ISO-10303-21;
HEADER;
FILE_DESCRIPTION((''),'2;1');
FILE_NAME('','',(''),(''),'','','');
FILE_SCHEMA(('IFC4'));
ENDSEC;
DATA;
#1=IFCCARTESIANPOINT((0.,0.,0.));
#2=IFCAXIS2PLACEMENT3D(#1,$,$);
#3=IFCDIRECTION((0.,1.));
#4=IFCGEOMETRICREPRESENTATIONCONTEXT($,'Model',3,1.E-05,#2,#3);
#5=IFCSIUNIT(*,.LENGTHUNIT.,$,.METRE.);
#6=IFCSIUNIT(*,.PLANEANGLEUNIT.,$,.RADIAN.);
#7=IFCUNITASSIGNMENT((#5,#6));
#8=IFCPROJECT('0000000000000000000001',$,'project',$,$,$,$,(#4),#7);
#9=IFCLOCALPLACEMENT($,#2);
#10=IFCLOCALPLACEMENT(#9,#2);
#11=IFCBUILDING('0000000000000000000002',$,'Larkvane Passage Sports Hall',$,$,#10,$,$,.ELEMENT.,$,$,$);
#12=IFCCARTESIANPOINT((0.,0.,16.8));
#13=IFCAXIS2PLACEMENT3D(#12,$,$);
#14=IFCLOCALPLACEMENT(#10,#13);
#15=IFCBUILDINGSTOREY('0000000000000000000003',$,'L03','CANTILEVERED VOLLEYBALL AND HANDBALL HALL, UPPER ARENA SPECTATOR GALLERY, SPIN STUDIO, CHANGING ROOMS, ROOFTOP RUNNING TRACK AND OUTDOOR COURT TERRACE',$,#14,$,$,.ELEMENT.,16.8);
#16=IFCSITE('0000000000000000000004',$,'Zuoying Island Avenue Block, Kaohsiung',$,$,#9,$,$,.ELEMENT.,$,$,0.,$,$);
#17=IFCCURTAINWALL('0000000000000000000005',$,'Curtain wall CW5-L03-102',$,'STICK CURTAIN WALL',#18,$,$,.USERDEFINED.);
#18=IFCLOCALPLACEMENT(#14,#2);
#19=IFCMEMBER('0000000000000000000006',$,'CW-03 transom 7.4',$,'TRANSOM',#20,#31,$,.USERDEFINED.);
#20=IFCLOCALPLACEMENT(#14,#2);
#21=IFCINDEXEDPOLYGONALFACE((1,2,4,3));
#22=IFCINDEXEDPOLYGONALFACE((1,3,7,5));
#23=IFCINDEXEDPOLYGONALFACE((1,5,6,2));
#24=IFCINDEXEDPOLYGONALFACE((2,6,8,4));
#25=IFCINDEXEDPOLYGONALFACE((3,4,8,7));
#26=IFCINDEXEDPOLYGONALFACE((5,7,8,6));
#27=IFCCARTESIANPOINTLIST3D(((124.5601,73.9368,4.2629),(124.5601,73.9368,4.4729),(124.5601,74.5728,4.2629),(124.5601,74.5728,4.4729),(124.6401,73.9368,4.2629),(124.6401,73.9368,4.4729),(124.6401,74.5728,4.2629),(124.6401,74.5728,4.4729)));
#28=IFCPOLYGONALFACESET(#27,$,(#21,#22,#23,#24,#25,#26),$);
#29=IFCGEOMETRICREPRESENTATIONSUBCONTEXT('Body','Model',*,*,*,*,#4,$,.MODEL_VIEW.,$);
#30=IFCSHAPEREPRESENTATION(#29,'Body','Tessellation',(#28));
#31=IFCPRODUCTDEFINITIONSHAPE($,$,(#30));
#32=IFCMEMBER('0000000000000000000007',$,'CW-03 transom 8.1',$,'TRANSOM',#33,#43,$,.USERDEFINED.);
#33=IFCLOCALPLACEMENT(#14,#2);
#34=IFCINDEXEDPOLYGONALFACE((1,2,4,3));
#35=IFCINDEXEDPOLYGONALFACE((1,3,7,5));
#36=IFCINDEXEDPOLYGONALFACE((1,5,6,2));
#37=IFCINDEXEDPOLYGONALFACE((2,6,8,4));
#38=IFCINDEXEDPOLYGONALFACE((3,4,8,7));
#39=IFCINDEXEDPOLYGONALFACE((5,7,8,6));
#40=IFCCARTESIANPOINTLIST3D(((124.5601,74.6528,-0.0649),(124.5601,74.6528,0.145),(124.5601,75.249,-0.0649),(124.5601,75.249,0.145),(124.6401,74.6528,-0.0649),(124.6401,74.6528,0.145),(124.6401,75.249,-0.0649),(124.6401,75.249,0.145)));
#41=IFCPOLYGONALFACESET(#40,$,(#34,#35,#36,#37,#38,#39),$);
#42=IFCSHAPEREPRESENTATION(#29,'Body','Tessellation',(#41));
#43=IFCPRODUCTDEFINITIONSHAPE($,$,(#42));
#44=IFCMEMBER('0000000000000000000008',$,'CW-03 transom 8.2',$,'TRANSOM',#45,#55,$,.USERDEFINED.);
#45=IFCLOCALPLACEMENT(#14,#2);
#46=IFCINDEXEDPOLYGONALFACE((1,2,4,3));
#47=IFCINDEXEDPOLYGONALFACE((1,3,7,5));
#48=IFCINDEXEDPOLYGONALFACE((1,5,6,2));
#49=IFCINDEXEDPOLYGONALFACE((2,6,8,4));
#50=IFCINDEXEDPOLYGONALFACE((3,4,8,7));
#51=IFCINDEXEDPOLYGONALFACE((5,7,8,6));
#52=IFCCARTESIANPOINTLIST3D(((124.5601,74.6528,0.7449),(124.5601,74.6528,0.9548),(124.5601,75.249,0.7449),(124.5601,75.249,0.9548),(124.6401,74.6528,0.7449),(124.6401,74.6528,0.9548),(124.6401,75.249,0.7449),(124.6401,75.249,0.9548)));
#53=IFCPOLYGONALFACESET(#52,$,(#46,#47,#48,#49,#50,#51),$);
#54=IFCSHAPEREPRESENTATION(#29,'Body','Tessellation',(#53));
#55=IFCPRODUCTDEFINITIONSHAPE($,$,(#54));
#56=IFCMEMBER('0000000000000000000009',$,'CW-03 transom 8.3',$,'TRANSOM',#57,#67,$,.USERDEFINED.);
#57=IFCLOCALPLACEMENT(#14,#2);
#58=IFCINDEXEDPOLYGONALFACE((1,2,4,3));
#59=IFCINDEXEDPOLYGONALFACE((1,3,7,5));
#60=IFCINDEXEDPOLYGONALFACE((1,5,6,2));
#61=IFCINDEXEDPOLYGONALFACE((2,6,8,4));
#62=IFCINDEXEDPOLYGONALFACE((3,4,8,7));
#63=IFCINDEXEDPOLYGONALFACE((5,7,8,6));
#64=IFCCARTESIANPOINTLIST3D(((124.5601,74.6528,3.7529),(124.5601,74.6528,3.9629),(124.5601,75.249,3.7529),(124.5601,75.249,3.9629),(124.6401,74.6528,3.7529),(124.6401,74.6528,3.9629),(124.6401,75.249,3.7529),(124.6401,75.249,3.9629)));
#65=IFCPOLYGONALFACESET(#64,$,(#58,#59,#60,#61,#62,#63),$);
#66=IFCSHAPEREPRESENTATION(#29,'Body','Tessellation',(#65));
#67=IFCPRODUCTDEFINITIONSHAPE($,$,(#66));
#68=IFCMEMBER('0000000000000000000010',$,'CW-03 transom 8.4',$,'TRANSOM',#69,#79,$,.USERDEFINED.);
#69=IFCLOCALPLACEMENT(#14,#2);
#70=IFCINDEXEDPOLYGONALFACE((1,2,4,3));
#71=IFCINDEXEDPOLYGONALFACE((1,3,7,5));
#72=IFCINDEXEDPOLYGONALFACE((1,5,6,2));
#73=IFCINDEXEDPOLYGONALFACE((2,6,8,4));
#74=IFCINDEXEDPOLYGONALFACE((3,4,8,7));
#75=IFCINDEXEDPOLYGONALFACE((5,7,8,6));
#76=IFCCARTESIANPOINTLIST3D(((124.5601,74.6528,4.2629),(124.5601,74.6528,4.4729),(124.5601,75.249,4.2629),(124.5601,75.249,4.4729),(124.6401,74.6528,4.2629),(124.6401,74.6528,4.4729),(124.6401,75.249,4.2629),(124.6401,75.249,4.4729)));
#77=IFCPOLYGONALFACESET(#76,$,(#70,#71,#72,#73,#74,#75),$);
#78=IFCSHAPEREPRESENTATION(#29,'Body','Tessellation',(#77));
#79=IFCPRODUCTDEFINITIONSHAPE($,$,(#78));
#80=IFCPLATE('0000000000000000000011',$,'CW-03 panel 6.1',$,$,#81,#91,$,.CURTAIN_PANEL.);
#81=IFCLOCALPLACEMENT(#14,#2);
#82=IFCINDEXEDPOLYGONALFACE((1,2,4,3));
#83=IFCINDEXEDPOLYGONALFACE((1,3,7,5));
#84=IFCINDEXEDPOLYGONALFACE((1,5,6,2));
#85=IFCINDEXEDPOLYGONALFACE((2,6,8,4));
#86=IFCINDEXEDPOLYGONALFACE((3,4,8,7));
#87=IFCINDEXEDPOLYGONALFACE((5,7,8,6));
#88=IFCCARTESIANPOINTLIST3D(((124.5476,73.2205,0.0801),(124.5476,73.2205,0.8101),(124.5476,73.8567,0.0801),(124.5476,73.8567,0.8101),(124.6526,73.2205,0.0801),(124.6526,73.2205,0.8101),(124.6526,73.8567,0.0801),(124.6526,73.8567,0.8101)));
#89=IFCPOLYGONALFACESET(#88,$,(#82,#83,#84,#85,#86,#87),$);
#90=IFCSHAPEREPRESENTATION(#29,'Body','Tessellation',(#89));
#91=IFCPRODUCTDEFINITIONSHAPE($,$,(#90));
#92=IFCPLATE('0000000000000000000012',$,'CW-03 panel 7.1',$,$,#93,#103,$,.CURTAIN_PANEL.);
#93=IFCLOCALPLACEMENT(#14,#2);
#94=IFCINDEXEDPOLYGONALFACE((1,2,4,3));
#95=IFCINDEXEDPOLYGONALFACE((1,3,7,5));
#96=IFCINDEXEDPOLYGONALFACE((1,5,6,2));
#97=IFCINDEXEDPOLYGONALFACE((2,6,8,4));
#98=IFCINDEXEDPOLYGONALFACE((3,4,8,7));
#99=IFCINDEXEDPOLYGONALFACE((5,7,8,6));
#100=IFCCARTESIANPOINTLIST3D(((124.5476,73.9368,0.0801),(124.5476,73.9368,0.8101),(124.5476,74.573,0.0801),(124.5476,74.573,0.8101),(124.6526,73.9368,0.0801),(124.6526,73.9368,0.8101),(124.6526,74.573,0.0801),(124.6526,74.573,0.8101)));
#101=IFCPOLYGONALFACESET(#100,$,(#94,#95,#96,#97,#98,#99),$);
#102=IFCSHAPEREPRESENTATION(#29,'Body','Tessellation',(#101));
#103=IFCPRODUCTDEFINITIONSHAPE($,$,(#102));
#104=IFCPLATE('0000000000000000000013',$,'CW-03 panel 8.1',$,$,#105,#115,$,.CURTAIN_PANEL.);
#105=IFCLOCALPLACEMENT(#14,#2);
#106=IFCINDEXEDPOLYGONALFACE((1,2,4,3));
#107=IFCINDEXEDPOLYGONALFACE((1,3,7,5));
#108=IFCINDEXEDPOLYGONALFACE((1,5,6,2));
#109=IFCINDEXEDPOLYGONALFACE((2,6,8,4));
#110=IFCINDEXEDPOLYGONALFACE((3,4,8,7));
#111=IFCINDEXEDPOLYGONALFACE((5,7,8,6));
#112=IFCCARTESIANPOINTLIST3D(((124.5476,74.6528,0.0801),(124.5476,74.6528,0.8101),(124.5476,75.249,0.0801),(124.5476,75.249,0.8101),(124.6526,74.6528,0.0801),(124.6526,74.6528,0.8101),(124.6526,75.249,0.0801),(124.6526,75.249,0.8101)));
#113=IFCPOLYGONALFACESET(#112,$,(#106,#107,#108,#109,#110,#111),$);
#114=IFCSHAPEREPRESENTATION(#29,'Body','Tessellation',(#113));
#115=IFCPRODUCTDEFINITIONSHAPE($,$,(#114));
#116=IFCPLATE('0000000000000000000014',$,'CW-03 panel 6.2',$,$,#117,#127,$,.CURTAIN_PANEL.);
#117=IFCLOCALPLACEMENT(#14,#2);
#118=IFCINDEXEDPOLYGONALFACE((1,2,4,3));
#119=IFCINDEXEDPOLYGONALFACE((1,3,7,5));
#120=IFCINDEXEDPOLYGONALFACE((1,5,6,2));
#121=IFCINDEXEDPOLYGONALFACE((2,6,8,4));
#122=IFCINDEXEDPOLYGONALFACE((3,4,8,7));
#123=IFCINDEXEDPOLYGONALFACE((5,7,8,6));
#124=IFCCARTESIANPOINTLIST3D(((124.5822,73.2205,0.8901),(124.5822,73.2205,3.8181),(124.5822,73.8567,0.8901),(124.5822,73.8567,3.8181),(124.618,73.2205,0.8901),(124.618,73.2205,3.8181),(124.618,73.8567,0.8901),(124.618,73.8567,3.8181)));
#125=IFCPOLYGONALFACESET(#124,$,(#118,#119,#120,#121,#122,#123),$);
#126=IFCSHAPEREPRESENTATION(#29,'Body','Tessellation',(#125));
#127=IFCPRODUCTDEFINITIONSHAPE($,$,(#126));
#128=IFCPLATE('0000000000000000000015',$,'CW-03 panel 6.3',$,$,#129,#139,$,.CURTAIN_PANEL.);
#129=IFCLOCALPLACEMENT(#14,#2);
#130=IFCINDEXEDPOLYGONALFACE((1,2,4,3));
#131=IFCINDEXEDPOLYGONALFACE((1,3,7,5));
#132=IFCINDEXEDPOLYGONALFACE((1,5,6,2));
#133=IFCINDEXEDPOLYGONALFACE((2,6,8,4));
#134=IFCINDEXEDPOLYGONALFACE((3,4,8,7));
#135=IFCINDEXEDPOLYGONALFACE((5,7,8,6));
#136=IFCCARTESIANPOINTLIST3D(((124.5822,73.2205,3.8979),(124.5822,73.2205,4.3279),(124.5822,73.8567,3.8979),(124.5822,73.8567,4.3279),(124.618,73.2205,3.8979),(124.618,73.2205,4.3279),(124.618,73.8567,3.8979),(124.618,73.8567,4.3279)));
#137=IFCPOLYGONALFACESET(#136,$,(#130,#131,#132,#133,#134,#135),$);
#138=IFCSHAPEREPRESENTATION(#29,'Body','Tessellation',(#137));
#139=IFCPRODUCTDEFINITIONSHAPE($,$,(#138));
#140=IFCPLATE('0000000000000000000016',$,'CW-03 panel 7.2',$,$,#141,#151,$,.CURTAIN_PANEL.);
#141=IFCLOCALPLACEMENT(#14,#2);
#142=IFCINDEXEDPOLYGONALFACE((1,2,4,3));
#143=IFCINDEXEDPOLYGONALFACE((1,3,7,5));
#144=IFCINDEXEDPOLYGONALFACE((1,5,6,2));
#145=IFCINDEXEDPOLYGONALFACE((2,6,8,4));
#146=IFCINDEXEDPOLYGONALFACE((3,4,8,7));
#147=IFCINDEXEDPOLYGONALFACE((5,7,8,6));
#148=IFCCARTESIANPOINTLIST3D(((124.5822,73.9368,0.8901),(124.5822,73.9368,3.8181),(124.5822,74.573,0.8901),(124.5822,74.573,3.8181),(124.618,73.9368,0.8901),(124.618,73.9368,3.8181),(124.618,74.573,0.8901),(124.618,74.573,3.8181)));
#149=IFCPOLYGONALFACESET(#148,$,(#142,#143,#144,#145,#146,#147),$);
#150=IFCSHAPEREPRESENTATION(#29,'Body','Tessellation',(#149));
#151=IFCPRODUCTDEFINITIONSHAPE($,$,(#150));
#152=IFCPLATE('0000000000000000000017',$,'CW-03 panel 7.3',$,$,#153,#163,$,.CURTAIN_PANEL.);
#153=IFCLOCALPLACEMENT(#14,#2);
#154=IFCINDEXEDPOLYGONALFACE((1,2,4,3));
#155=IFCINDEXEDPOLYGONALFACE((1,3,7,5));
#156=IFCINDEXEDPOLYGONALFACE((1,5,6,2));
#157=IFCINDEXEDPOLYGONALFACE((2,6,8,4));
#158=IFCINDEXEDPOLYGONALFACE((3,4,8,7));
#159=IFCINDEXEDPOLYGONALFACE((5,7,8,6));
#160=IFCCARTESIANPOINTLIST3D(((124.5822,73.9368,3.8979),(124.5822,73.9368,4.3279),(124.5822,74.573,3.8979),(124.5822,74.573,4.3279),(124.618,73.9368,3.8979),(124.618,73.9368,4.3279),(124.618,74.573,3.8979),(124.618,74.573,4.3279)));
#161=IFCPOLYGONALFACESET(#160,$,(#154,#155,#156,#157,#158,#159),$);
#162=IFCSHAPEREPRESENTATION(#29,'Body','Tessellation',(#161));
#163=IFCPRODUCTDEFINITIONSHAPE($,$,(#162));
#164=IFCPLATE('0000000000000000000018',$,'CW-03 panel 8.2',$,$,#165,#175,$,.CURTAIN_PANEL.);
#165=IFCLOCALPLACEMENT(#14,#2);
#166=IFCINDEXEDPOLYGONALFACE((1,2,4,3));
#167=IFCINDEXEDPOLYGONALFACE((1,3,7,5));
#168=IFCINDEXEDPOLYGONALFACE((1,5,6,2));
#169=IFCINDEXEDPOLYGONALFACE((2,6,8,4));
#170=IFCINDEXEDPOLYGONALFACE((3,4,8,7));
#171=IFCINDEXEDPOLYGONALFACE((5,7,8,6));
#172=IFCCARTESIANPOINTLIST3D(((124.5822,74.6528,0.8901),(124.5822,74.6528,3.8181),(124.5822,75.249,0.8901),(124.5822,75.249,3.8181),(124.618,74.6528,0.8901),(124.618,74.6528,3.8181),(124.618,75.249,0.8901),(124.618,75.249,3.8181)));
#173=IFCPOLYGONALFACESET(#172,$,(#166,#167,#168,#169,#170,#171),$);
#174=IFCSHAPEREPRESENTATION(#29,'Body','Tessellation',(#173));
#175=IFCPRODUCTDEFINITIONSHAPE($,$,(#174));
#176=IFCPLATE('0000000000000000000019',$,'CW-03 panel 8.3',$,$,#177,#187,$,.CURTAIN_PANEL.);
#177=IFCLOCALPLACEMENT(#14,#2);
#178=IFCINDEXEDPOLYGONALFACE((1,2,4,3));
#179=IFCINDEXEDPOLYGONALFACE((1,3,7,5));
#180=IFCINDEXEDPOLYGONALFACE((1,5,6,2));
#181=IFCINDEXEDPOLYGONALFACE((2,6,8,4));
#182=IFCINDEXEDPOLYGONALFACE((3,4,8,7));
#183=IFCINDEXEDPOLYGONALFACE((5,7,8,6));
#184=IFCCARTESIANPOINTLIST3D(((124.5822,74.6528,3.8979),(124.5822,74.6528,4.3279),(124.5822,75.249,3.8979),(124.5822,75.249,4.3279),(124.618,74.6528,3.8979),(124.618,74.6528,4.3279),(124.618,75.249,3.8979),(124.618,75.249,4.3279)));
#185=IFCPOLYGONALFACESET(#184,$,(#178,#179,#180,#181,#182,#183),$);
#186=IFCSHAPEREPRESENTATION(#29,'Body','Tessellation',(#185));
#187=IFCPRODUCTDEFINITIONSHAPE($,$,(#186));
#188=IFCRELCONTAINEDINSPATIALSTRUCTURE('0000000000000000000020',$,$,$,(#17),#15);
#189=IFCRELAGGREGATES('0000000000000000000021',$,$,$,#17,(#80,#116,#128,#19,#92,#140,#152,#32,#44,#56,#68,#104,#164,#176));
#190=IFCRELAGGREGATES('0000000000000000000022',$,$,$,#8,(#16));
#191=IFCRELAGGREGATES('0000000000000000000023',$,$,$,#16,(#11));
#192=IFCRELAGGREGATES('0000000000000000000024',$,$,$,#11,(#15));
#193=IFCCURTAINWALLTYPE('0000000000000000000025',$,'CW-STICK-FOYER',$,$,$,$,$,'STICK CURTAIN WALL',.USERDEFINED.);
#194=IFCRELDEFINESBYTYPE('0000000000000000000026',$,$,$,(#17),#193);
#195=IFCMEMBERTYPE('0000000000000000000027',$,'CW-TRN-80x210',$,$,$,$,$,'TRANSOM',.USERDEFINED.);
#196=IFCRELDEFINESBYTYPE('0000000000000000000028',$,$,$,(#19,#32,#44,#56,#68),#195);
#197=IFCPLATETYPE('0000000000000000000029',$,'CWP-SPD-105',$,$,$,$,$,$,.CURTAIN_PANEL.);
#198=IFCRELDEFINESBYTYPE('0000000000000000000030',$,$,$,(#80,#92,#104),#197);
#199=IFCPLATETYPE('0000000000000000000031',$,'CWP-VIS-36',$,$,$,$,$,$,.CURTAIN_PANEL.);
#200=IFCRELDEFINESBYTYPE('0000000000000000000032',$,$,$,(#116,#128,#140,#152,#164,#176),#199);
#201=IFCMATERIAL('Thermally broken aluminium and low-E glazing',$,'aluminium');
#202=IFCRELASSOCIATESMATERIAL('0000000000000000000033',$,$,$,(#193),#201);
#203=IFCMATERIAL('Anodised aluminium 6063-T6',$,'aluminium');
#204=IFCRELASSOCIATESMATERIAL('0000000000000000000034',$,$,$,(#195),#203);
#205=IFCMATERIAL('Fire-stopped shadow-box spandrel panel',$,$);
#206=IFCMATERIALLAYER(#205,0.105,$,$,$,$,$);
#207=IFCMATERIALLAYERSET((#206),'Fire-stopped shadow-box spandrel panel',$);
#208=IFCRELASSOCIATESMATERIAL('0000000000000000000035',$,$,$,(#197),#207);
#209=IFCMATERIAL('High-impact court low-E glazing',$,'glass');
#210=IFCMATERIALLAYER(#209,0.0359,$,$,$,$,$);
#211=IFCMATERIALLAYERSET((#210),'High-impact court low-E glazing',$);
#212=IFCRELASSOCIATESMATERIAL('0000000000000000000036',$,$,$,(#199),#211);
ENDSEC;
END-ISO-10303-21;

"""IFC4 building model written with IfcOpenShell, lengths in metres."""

from ifc_helpers import new_model, si_unit, direction, frame, origin, origin_2d, place, context, subcontext, project, spatial, rectangle, extrude, material, layer, layer_set, material_profile, profile_set, type_object, element, aggregate, save


model = new_model("IFC4")

# Units and contexts
model_context = context("Model", 3, precision=1e-05, world=origin(), true_north=direction((0.0, 1.0)))
body_context = subcontext(model_context, "Body", "Model", "MODEL_VIEW")
ifc_project = project(units=[si_unit("LENGTHUNIT", "METRE"), si_unit("PLANEANGLEUNIT", "RADIAN")], contexts=[model_context])

# Site, building, storey
site_placement = place(None, origin())
site = spatial("IfcSite", under=ifc_project, at=site_placement, Name="Zuoying Island Avenue Block, Kaohsiung", CompositionType="ELEMENT", RefElevation=0.0)
building_placement = place(site_placement, origin())
building = spatial("IfcBuilding", under=site, at=building_placement, Name="Larkvane Passage Sports Hall", CompositionType="ELEMENT")
storey_placement = place(building_placement, frame((0.0, 0.0, 16.8)))
storey = spatial("IfcBuildingStorey", under=building, at=storey_placement, Name="L03", Description="CANTILEVERED VOLLEYBALL AND HANDBALL HALL, UPPER ARENA SPECTATOR GALLERY, SPIN STUDIO, CHANGING ROOMS, ROOFTOP RUNNING TRACK AND OUTDOOR COURT TERRACE", CompositionType="ELEMENT", Elevation=16.8)

# Shared definitions
ifc_material_1 = material(Name="Thermally broken aluminium and low-E glazing", Category="aluminium")
ifc_material_2 = material(Name="Anodised aluminium 6063-T6", Category="aluminium")

# Curtain wall, members, plates
curtain_wall_type_1 = type_object("IfcCurtainWallType", Name="CW-STICK-FOYER", ElementType="STICK CURTAIN WALL", PredefinedType="USERDEFINED", material=ifc_material_1)
curtain_wall_1_placement = place(storey_placement, origin())
curtain_wall_1 = element("IfcCurtainWall", 1, at=curtain_wall_1_placement, inside=storey, type_object=curtain_wall_type_1, Name="Curtain wall CW5-L03-102", ObjectType="STICK CURTAIN WALL", PredefinedType="USERDEFINED")
ifc_material_profile_1 = material_profile(ifc_material_2, rectangle(XDim=0.0801, YDim=0.21, at=origin_2d()), Name="ALU-TRN-80x210")
ifc_profile_set_1 = profile_set([ifc_material_profile_1], Name="Anodised aluminium 6063-T6")
member_type_1 = type_object("IfcMemberType", Name="CW-TRN-80x210", ElementType="TRANSOM", PredefinedType="USERDEFINED", material=ifc_profile_set_1)
member_1_placement = place(storey_placement, frame((124.6001, 73.9368, 4.3679), z_axis=(0.0, 1.0, 0.0), x_axis=(-1.0, 0.0, 0.0)))
member_1 = element("IfcMember", 2, at=member_1_placement, type_object=member_type_1, Name="CW-03 transom 7.4", ObjectType="TRANSOM", PredefinedType="USERDEFINED", context=body_context, shape_type="SweptSolid", body=[
    extrude(rectangle(XDim=0.0801, YDim=0.21, at=origin_2d()), origin(), (0.0, 0.0, 1.0), 0.636),
])
member_2_placement = place(storey_placement, frame((124.6001, 74.6528, 0.04), z_axis=(0.0, 1.0, 0.0), x_axis=(-1.0, 0.0, 0.0)))
member_2 = element("IfcMember", 3, at=member_2_placement, type_object=member_type_1, Name="CW-03 transom 8.1", ObjectType="TRANSOM", PredefinedType="USERDEFINED", context=body_context, shape_type="SweptSolid", body=[
    extrude(rectangle(XDim=0.0801, YDim=0.21, at=origin_2d()), origin(), (0.0, 0.0, 1.0), 0.5962),
])
member_3_placement = place(storey_placement, frame((124.6001, 74.6528, 0.8499), z_axis=(0.0, 1.0, 0.0), x_axis=(-1.0, 0.0, 0.0)))
member_3 = element("IfcMember", 4, at=member_3_placement, type_object=member_type_1, Name="CW-03 transom 8.2", ObjectType="TRANSOM", PredefinedType="USERDEFINED", context=body_context, shape_type="SweptSolid", body=[
    extrude(rectangle(XDim=0.0801, YDim=0.21, at=origin_2d()), origin(), (0.0, 0.0, 1.0), 0.5962),
])
member_4_placement = place(storey_placement, frame((124.6001, 74.6528, 3.8579), z_axis=(0.0, 1.0, 0.0), x_axis=(-1.0, 0.0, 0.0)))
member_4 = element("IfcMember", 5, at=member_4_placement, type_object=member_type_1, Name="CW-03 transom 8.3", ObjectType="TRANSOM", PredefinedType="USERDEFINED", context=body_context, shape_type="SweptSolid", body=[
    extrude(rectangle(XDim=0.0801, YDim=0.21, at=origin_2d()), origin(), (0.0, 0.0, 1.0), 0.5962),
])
member_5_placement = place(storey_placement, frame((124.6001, 74.6528, 4.3679), z_axis=(0.0, 1.0, 0.0), x_axis=(-1.0, 0.0, 0.0)))
member_5 = element("IfcMember", 6, at=member_5_placement, type_object=member_type_1, Name="CW-03 transom 8.4", ObjectType="TRANSOM", PredefinedType="USERDEFINED", context=body_context, shape_type="SweptSolid", body=[
    extrude(rectangle(XDim=0.0801, YDim=0.21, at=origin_2d()), origin(), (0.0, 0.0, 1.0), 0.5962),
])
ifc_material_3 = material(Name="Fire-stopped shadow-box spandrel panel")
ifc_layer_1 = layer(ifc_material_3, 0.105)
ifc_layer_set_1 = layer_set([ifc_layer_1], Name="Fire-stopped shadow-box spandrel panel")
plate_type_1 = type_object("IfcPlateType", Name="CWP-SPD-105", PredefinedType="CURTAIN_PANEL", material=ifc_layer_set_1)
plate_1_placement = place(storey_placement, frame((124.6001, 73.5386, 0.0801), z_axis=(0.0, 0.0, 1.0), x_axis=(0.0, 1.0, 0.0)))
plate_1 = element("IfcPlate", 7, at=plate_1_placement, type_object=plate_type_1, Name="CW-03 panel 6.1", PredefinedType="CURTAIN_PANEL", context=body_context, shape_type="SweptSolid", body=[
    extrude(rectangle(XDim=0.6362, YDim=0.105, at=origin_2d()), origin(), (0.0, 0.0, 1.0), 0.73),
])
plate_2_placement = place(storey_placement, frame((124.6001, 74.2549, 0.0801), z_axis=(0.0, 0.0, 1.0), x_axis=(0.0, 1.0, 0.0)))
plate_2 = element("IfcPlate", 8, at=plate_2_placement, type_object=plate_type_1, Name="CW-03 panel 7.1", PredefinedType="CURTAIN_PANEL", context=body_context, shape_type="SweptSolid", body=[
    extrude(rectangle(XDim=0.6362, YDim=0.105, at=origin_2d()), origin(), (0.0, 0.0, 1.0), 0.73),
])
plate_3_placement = place(storey_placement, frame((124.6001, 74.9509, 0.0801), z_axis=(0.0, 0.0, 1.0), x_axis=(0.0, 1.0, 0.0)))
plate_3 = element("IfcPlate", 9, at=plate_3_placement, type_object=plate_type_1, Name="CW-03 panel 8.1", PredefinedType="CURTAIN_PANEL", context=body_context, shape_type="SweptSolid", body=[
    extrude(rectangle(XDim=0.5962, YDim=0.105, at=origin_2d()), origin(), (0.0, 0.0, 1.0), 0.73),
])
ifc_material_4 = material(Name="High-impact court low-E glazing", Category="glass")
ifc_layer_2 = layer(ifc_material_4, 0.0359)
ifc_layer_set_2 = layer_set([ifc_layer_2], Name="High-impact court low-E glazing")
plate_type_2 = type_object("IfcPlateType", Name="CWP-VIS-36", PredefinedType="CURTAIN_PANEL", material=ifc_layer_set_2)
plate_4_placement = place(storey_placement, frame((124.6001, 73.5386, 0.8901), z_axis=(0.0, 0.0, 1.0), x_axis=(0.0, 1.0, 0.0)))
plate_4 = element("IfcPlate", 10, at=plate_4_placement, type_object=plate_type_2, Name="CW-03 panel 6.2", PredefinedType="CURTAIN_PANEL", context=body_context, shape_type="SweptSolid", body=[
    extrude(rectangle(XDim=0.6362, YDim=0.0359, at=origin_2d()), origin(), (0.0, 0.0, 1.0), 2.928),
])
plate_5_placement = place(storey_placement, frame((124.6001, 73.5386, 3.8979), z_axis=(0.0, 0.0, 1.0), x_axis=(0.0, 1.0, 0.0)))
plate_5 = element("IfcPlate", 11, at=plate_5_placement, type_object=plate_type_2, Name="CW-03 panel 6.3", PredefinedType="CURTAIN_PANEL", context=body_context, shape_type="SweptSolid", body=[
    extrude(rectangle(XDim=0.6362, YDim=0.0359, at=origin_2d()), origin(), (0.0, 0.0, 1.0), 0.4299),
])
plate_6_placement = place(storey_placement, frame((124.6001, 74.2549, 0.8901), z_axis=(0.0, 0.0, 1.0), x_axis=(0.0, 1.0, 0.0)))
plate_6 = element("IfcPlate", 12, at=plate_6_placement, type_object=plate_type_2, Name="CW-03 panel 7.2", PredefinedType="CURTAIN_PANEL", context=body_context, shape_type="SweptSolid", body=[
    extrude(rectangle(XDim=0.6362, YDim=0.0359, at=origin_2d()), origin(), (0.0, 0.0, 1.0), 2.928),
])
plate_7_placement = place(storey_placement, frame((124.6001, 74.2549, 3.8979), z_axis=(0.0, 0.0, 1.0), x_axis=(0.0, 1.0, 0.0)))
plate_7 = element("IfcPlate", 13, at=plate_7_placement, type_object=plate_type_2, Name="CW-03 panel 7.3", PredefinedType="CURTAIN_PANEL", context=body_context, shape_type="SweptSolid", body=[
    extrude(rectangle(XDim=0.6362, YDim=0.0359, at=origin_2d()), origin(), (0.0, 0.0, 1.0), 0.4299),
])
plate_8_placement = place(storey_placement, frame((124.6001, 74.9509, 0.8901), z_axis=(0.0, 0.0, 1.0), x_axis=(0.0, 1.0, 0.0)))
plate_8 = element("IfcPlate", 14, at=plate_8_placement, type_object=plate_type_2, Name="CW-03 panel 8.2", PredefinedType="CURTAIN_PANEL", context=body_context, shape_type="SweptSolid", body=[
    extrude(rectangle(XDim=0.5962, YDim=0.0359, at=origin_2d()), origin(), (0.0, 0.0, 1.0), 2.928),
])
plate_9_placement = place(storey_placement, frame((124.6001, 74.9509, 3.8979), z_axis=(0.0, 0.0, 1.0), x_axis=(0.0, 1.0, 0.0)))
plate_9 = element("IfcPlate", 15, at=plate_9_placement, type_object=plate_type_2, Name="CW-03 panel 8.3", PredefinedType="CURTAIN_PANEL", context=body_context, shape_type="SweptSolid", body=[
    extrude(rectangle(XDim=0.5962, YDim=0.0359, at=origin_2d()), origin(), (0.0, 0.0, 1.0), 0.4299),
])
aggregate(curtain_wall_1, [plate_1, plate_4, plate_5, member_1, plate_2, plate_6, plate_7, member_2, member_3, member_4, member_5, plate_3, plate_8, plate_9])

save(model, "model.ifc")
